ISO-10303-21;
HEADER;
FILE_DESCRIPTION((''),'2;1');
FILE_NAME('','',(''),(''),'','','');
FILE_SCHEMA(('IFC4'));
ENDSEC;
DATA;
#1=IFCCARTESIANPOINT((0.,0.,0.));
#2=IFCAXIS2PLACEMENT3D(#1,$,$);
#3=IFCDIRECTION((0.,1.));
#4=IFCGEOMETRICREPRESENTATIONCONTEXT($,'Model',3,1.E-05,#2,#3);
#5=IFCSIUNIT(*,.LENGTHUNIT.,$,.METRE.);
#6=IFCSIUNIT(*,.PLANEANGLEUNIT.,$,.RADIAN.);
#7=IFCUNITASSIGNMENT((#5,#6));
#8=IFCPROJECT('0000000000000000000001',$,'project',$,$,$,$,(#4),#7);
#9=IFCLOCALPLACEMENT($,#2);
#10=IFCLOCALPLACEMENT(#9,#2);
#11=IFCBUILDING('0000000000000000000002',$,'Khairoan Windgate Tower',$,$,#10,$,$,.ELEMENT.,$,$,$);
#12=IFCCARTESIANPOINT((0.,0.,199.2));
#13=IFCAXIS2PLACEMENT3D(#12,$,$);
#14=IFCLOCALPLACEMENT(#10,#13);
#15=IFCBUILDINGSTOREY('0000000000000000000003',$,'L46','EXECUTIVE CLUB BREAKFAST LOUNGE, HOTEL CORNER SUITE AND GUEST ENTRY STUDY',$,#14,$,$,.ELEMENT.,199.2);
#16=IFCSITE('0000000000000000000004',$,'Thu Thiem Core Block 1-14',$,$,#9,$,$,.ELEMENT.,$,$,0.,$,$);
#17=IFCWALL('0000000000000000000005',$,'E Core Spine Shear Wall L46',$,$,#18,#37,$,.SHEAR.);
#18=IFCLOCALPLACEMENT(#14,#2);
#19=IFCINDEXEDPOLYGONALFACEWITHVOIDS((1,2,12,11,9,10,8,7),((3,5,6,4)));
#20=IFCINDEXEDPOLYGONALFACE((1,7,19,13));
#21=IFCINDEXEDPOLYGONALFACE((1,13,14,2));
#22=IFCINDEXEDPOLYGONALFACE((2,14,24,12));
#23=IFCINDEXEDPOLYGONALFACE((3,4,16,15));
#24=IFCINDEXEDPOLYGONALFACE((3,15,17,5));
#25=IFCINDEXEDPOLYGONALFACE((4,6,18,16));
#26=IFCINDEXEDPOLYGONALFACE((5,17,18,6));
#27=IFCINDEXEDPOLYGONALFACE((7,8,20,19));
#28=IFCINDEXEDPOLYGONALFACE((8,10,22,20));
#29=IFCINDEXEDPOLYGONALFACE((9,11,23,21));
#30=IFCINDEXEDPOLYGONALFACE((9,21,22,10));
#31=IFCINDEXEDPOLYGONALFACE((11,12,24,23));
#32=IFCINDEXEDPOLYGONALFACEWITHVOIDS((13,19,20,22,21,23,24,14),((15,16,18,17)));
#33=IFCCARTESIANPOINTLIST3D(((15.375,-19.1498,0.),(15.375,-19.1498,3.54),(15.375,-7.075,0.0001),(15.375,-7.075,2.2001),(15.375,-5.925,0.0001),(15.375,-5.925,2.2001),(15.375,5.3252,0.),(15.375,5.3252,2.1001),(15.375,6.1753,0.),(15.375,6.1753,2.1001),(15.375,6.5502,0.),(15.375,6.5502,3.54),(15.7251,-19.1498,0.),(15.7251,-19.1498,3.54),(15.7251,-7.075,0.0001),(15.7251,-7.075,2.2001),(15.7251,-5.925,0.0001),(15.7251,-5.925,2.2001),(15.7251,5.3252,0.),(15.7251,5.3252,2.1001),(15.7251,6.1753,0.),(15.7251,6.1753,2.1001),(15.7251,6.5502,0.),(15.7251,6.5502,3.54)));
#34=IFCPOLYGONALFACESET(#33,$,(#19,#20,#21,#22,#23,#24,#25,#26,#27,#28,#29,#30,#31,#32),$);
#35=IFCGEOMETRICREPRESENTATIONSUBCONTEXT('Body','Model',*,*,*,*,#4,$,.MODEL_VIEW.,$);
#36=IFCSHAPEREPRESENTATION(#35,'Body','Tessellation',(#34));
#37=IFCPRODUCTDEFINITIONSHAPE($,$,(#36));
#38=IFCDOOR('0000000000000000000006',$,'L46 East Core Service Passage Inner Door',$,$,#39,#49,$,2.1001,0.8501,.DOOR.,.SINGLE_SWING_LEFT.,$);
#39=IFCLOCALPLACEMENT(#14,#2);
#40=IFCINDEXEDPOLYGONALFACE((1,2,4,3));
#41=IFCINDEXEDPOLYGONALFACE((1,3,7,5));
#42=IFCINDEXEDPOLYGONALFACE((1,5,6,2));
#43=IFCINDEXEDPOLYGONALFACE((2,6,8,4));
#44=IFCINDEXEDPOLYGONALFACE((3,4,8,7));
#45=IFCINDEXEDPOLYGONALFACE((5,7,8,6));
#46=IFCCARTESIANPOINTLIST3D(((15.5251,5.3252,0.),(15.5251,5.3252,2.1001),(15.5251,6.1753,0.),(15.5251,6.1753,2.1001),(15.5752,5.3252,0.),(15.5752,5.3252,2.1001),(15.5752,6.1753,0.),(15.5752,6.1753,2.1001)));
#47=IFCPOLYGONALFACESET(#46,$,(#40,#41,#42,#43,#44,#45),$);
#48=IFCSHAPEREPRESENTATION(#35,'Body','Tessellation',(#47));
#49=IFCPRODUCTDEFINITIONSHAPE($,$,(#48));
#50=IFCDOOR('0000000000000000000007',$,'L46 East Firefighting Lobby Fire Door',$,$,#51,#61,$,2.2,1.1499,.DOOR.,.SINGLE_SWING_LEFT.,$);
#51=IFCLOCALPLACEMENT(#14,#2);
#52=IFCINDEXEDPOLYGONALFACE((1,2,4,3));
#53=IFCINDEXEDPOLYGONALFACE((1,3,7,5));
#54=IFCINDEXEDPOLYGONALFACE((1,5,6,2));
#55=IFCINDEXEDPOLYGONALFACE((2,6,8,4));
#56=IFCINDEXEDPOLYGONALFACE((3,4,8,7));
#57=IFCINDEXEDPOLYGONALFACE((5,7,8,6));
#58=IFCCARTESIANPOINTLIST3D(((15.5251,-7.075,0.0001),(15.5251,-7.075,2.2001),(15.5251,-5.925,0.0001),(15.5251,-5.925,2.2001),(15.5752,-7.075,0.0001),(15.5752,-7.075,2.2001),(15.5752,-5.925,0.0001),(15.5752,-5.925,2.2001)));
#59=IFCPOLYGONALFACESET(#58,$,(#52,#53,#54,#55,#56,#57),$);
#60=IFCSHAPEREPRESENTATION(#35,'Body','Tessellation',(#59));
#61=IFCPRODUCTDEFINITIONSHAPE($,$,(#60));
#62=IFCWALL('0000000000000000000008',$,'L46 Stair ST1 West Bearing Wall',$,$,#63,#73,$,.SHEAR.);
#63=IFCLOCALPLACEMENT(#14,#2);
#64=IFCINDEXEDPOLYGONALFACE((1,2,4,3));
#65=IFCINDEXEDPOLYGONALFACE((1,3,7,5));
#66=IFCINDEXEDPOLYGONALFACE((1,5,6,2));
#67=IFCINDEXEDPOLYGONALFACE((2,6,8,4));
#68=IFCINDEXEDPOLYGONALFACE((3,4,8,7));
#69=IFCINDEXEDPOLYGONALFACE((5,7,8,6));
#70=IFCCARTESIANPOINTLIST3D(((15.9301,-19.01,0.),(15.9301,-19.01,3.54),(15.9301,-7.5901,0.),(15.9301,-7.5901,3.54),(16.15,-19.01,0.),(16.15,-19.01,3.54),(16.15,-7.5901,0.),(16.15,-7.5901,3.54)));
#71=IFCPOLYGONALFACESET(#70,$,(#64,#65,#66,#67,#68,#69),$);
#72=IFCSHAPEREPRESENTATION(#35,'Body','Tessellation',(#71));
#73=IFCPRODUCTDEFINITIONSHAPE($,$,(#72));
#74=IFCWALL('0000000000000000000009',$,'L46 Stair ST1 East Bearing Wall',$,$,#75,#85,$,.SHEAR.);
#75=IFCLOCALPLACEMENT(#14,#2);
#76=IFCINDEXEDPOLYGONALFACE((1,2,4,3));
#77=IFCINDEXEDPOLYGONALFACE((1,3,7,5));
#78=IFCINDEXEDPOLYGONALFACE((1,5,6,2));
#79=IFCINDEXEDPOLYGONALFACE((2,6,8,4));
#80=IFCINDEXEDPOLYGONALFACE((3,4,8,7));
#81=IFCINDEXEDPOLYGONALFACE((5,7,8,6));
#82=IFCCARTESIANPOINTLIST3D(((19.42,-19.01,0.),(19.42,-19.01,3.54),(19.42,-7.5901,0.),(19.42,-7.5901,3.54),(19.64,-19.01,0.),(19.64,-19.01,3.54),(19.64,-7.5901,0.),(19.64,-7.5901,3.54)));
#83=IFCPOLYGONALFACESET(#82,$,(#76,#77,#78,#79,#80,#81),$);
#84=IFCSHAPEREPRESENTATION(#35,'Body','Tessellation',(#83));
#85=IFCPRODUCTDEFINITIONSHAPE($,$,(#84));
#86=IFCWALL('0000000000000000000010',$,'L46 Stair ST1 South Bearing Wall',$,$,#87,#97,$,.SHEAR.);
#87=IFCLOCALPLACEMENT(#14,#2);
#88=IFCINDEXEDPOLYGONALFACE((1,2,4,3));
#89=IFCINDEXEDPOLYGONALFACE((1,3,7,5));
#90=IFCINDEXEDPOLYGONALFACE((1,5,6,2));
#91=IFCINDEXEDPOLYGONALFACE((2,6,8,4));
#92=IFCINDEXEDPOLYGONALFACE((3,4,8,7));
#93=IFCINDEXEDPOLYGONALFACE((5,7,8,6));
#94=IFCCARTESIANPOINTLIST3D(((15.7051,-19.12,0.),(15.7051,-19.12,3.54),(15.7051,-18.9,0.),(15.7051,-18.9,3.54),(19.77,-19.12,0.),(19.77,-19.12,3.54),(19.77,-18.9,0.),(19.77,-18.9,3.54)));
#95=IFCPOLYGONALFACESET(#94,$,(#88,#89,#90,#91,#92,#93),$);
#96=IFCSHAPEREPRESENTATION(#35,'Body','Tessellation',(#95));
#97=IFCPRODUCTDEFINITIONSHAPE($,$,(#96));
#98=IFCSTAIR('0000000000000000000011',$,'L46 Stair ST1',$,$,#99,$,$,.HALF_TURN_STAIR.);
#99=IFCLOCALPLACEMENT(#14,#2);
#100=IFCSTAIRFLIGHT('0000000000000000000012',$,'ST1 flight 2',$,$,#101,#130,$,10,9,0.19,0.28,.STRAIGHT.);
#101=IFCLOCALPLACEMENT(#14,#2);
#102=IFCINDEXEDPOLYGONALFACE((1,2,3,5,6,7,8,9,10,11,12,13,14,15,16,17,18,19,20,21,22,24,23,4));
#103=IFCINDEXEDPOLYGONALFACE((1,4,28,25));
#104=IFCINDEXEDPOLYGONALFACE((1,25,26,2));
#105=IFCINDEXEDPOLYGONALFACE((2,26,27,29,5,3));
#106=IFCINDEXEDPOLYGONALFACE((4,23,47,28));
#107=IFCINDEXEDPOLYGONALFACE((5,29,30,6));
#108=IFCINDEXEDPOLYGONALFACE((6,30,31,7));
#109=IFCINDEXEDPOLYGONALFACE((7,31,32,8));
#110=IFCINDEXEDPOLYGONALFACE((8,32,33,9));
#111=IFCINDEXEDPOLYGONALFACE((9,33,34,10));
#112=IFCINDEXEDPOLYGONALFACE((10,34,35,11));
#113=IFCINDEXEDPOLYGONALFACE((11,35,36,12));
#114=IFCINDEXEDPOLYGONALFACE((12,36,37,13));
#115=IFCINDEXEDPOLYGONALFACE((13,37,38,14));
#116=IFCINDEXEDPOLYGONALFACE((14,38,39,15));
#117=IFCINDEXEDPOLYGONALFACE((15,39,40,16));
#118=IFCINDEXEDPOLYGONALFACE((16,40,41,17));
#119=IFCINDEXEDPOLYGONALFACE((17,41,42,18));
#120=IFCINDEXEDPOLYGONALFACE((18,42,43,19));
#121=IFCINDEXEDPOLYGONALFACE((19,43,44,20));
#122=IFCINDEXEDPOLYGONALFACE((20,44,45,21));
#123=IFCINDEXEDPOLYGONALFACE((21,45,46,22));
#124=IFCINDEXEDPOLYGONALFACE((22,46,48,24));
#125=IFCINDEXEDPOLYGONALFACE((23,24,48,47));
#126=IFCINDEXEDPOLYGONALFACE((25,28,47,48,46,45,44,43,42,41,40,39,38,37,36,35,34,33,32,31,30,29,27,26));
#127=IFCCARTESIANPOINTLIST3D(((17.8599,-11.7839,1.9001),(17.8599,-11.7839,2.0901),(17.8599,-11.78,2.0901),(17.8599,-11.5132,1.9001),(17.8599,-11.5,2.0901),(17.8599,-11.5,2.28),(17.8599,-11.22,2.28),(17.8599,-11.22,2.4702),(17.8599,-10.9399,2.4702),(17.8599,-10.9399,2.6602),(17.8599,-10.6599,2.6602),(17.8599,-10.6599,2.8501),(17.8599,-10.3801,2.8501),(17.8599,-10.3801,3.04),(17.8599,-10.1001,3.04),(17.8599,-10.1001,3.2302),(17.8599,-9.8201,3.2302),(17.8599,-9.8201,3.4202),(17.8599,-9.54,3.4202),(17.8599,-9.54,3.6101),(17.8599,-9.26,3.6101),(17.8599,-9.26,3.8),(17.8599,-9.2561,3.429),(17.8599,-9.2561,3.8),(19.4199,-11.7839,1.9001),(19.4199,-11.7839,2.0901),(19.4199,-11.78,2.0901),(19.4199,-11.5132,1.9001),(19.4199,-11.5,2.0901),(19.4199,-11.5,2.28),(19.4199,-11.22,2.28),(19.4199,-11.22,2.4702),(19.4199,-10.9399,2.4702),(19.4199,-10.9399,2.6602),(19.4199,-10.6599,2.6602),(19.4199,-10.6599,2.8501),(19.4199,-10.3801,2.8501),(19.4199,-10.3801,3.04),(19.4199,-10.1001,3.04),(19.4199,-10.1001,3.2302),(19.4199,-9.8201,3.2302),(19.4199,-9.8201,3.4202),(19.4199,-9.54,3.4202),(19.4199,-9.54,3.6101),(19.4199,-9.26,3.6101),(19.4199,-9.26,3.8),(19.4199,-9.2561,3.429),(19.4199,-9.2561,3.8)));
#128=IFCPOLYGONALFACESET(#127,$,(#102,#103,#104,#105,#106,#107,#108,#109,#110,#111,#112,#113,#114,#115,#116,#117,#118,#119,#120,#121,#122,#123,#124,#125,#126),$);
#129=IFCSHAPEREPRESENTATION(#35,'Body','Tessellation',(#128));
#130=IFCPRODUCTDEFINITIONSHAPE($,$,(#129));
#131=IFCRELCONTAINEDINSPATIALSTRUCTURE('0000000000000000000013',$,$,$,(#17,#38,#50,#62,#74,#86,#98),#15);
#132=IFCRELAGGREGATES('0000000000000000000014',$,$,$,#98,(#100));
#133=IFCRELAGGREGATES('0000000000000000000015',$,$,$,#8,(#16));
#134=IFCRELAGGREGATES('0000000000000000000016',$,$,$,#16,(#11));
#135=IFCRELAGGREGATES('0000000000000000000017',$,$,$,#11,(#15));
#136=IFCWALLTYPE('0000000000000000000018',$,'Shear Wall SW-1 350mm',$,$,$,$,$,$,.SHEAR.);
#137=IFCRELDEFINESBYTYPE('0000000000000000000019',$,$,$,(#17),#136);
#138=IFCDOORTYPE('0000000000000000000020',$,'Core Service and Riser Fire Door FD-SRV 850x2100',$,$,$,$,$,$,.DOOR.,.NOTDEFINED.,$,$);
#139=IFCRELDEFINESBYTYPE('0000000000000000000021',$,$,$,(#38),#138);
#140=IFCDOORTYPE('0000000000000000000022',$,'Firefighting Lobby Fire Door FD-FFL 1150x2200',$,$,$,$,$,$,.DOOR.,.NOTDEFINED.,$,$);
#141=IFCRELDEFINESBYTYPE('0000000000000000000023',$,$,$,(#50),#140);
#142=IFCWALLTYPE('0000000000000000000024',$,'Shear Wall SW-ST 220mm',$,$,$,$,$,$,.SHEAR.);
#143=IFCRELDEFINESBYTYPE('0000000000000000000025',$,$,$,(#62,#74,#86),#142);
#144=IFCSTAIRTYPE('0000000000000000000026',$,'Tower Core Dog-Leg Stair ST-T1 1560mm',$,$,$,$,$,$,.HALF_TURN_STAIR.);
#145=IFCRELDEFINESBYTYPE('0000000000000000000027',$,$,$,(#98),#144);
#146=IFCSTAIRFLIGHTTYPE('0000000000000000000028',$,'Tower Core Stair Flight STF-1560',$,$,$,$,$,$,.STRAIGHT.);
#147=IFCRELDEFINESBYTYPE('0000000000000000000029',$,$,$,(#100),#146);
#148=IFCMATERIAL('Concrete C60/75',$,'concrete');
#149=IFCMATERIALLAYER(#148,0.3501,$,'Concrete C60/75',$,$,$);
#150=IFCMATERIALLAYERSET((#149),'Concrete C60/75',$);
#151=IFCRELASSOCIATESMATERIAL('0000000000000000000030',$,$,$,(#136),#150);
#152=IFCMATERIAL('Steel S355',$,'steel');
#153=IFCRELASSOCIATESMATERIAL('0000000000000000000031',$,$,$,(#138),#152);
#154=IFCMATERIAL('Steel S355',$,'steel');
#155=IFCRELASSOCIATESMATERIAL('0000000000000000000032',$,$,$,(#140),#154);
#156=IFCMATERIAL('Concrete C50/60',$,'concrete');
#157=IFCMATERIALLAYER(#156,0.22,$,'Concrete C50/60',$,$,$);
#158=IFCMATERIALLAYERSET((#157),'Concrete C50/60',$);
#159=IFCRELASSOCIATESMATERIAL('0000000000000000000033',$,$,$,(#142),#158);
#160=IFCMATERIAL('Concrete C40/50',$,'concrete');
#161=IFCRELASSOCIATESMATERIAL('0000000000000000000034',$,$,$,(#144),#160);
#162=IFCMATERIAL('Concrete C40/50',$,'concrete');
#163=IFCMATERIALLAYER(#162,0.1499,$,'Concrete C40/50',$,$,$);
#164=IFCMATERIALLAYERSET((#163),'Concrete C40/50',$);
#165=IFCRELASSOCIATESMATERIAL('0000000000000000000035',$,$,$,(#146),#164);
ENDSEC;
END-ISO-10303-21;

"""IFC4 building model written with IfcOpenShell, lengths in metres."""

from ifc_helpers import new_model, si_unit, direction, frame, frame_2d, origin, place, context, subcontext, project, spatial, polyline, rectangle, outline, extrude, material, layer, layer_set, type_object, element, fill, aggregate, save


model = new_model("IFC4")

# Units and contexts
model_context = context("Model", 3, precision=1e-05, world=origin(), true_north=direction((0.0, 1.0)))
body_context = subcontext(model_context, "Body", "Model", "MODEL_VIEW")
ifc_project = project(units=[si_unit("LENGTHUNIT", "METRE"), si_unit("PLANEANGLEUNIT", "RADIAN")], contexts=[model_context])

# Site, building, storey
site_placement = place(None, origin())
site = spatial("IfcSite", under=ifc_project, at=site_placement, Name="Thu Thiem Core Block 1-14", CompositionType="ELEMENT", RefElevation=0.0)
building_placement = place(site_placement, origin())
building = spatial("IfcBuilding", under=site, at=building_placement, Name="Khairoan Windgate Tower", CompositionType="ELEMENT")
storey_placement = place(building_placement, frame((0.0, 0.0, 199.2)))
storey = spatial("IfcBuildingStorey", under=building, at=storey_placement, Name="L46", Description="EXECUTIVE CLUB BREAKFAST LOUNGE, HOTEL CORNER SUITE AND GUEST ENTRY STUDY", CompositionType="ELEMENT", Elevation=199.2)

# Wall, openings, doors
ifc_material_1 = material(Name="Concrete C60/75", Category="concrete")
ifc_layer_1 = layer(ifc_material_1, 0.3501, Name="Concrete C60/75")
ifc_layer_set_1 = layer_set([ifc_layer_1], Name="Concrete C60/75")
wall_type_1 = type_object("IfcWallType", Name="Shear Wall SW-1 350mm", PredefinedType="SHEAR", material=ifc_layer_set_1)
wall_1_placement = place(storey_placement, frame((15.55, -19.1499, 0.0), z_axis=(0.0, 0.0, 1.0), x_axis=(0.0, 1.0, 0.0)))
wall_1 = element("IfcWall", 1, at=wall_1_placement, inside=storey, type_object=wall_type_1, Name="E Core Spine Shear Wall L46", PredefinedType="SHEAR", context=body_context, shape_type="SweptSolid", body=[
    extrude(rectangle(XDim=25.7, YDim=0.3501, at=frame_2d((12.8501, 0.0))), origin(), (0.0, 0.0, 1.0), 3.54),
])
opening_1_placement = place(wall_1_placement, frame((12.075, 0.0, 0.0)))
opening_1 = element("IfcOpeningElement", 2, at=opening_1_placement, cuts=wall_1, PredefinedType="OPENING", context=body_context, shape_type="SweptSolid", body=[
    extrude(rectangle(XDim=1.1499, YDim=2.2, at=frame_2d((0.575, 1.1001))), frame((0.0, 0.1851, 0.0), z_axis=(0.0, -1.0, 0.0), x_axis=(1.0, 0.0, 0.0)), (0.0, 0.0, 1.0), 0.3701),
])
opening_2_placement = place(wall_1_placement, frame((24.4751, 0.0, 0.0)))
opening_2 = element("IfcOpeningElement", 3, at=opening_2_placement, cuts=wall_1, PredefinedType="OPENING", context=body_context, shape_type="SweptSolid", body=[
    extrude(rectangle(XDim=0.8501, YDim=2.1001, at=frame_2d((0.425, 1.05))), frame((0.0, 0.1851, 0.0), z_axis=(0.0, -1.0, 0.0), x_axis=(1.0, 0.0, 0.0)), (0.0, 0.0, 1.0), 0.3701),
])
ifc_material_2 = material(Name="Steel S355", Category="steel")
door_type_1 = type_object("IfcDoorType", Name="Core Service and Riser Fire Door FD-SRV 850x2100", OperationType="NOTDEFINED", PredefinedType="DOOR", material=ifc_material_2)
door_1_placement = place(opening_2_placement, origin())
door_1 = element("IfcDoor", 4, at=door_1_placement, inside=storey, type_object=door_type_1, Name="L46 East Core Service Passage Inner Door", OperationType="SINGLE_SWING_LEFT", OverallHeight=2.1001, OverallWidth=0.8501, PredefinedType="DOOR", context=body_context, shape_type="SweptSolid", body=[
    extrude(rectangle(XDim=0.8501, YDim=2.1001, at=frame_2d((0.425, 1.05))), frame((0.0, 0.0249, 0.0), z_axis=(0.0, -1.0, 0.0), x_axis=(1.0, 0.0, 0.0)), (0.0, 0.0, 1.0), 0.05),
])
fill(opening_2, door_1)
ifc_material_3 = material(Name="Steel S355", Category="steel")
door_type_2 = type_object("IfcDoorType", Name="Firefighting Lobby Fire Door FD-FFL 1150x2200", OperationType="NOTDEFINED", PredefinedType="DOOR", material=ifc_material_3)
door_2_placement = place(opening_1_placement, origin())
door_2 = element("IfcDoor", 5, at=door_2_placement, inside=storey, type_object=door_type_2, Name="L46 East Firefighting Lobby Fire Door", OperationType="SINGLE_SWING_LEFT", OverallHeight=2.2, OverallWidth=1.1499, PredefinedType="DOOR", context=body_context, shape_type="SweptSolid", body=[
    extrude(rectangle(XDim=1.1499, YDim=2.2, at=frame_2d((0.575, 1.1001))), frame((0.0, 0.0249, 0.0), z_axis=(0.0, -1.0, 0.0), x_axis=(1.0, 0.0, 0.0)), (0.0, 0.0, 1.0), 0.05),
])
fill(opening_1, door_2)

# Walls
ifc_material_4 = material(Name="Concrete C50/60", Category="concrete")
ifc_layer_2 = layer(ifc_material_4, 0.22, Name="Concrete C50/60")
ifc_layer_set_2 = layer_set([ifc_layer_2], Name="Concrete C50/60")
wall_type_2 = type_object("IfcWallType", Name="Shear Wall SW-ST 220mm", PredefinedType="SHEAR", material=ifc_layer_set_2)
for number, where, z_axis, x_axis, name in (
    (6, (16.04, -19.01, 0.0), (0.0, 0.0, 1.0), (0.0, 1.0, 0.0), "L46 Stair ST1 West Bearing Wall"),
    (7, (19.53, -19.01, 0.0), (0.0, 0.0, 1.0), (0.0, 1.0, 0.0), "L46 Stair ST1 East Bearing Wall"),
):
    element("IfcWall", number, at=place(storey_placement, frame(where, z_axis=z_axis, x_axis=x_axis)), inside=storey, type_object=wall_type_2, Name=name, PredefinedType="SHEAR", context=body_context, shape_type="SweptSolid", body=[
        extrude(rectangle(XDim=11.4199, YDim=0.22, at=frame_2d((5.71, 0.0))), origin(), (0.0, 0.0, 1.0), 3.54),
    ])
wall_2_placement = place(storey_placement, frame((15.7051, -19.01, 0.0), z_axis=(0.0, 0.0, 1.0), x_axis=(1.0, 0.0, 0.0)))
element("IfcWall", 8, at=wall_2_placement, inside=storey, type_object=wall_type_2, Name="L46 Stair ST1 South Bearing Wall", PredefinedType="SHEAR", context=body_context, shape_type="SweptSolid", body=[
    extrude(rectangle(XDim=4.0649, YDim=0.22, at=frame_2d((2.0325, 0.0))), origin(), (0.0, 0.0, 1.0), 3.54),
])

# Stair, stair flight
ifc_material_5 = material(Name="Concrete C40/50", Category="concrete")
stair_type = type_object("IfcStairType", Name="Tower Core Dog-Leg Stair ST-T1 1560mm", PredefinedType="HALF_TURN_STAIR", material=ifc_material_5)
stair_placement = place(storey_placement, origin())
stair = element("IfcStair", 9, at=stair_placement, inside=storey, type_object=stair_type, Name="L46 Stair ST1", PredefinedType="HALF_TURN_STAIR")
ifc_material_6 = material(Name="Concrete C40/50", Category="concrete")
ifc_layer_3 = layer(ifc_material_6, 0.1499, Name="Concrete C40/50")
ifc_layer_set_3 = layer_set([ifc_layer_3], Name="Concrete C40/50")
stair_flight_type = type_object("IfcStairFlightType", Name="Tower Core Stair Flight STF-1560", PredefinedType="STRAIGHT", material=ifc_layer_set_3)
stair_flight_placement = place(storey_placement, frame((18.6399, -11.78, 1.9001), z_axis=(0.0, 0.0, 1.0), x_axis=(0.0, 1.0, 0.0)))
stair_flight = element("IfcStairFlight", 10, at=stair_flight_placement, type_object=stair_flight_type, Name="ST1 flight 2", NumberOfRisers=10, NumberOfTreads=9, PredefinedType="STRAIGHT", RiserHeight=0.19, TreadLength=0.28, context=body_context, shape_type="SweptSolid", body=[
    extrude(outline(polyline([(-0.0039, 0.0), (-0.0039, 0.1899), (0.0, 0.1899), (0.28, 0.1899), (0.28, 0.3799), (0.5601, 0.3799), (0.5601, 0.5701), (0.8401, 0.5701), (0.8401, 0.76), (1.1201, 0.76), (1.1201, 0.95), (1.3999, 0.95), (1.3999, 1.1399), (1.6799, 1.1399), (1.6799, 1.3301), (1.96, 1.3301), (1.96, 1.52), (2.24, 1.52), (2.24, 1.71), (2.52, 1.71), (2.52, 1.8999), (2.5239, 1.8999), (2.5239, 1.5288), (0.2668, 0.0), (-0.0039, 0.0)])), frame((0.0, 0.78, 0.0), z_axis=(0.0, -1.0, 0.0), x_axis=(1.0, 0.0, 0.0)), (0.0, 0.0, 1.0), 1.5601),
])
aggregate(stair, [stair_flight])

save(model, "model.ifc")
